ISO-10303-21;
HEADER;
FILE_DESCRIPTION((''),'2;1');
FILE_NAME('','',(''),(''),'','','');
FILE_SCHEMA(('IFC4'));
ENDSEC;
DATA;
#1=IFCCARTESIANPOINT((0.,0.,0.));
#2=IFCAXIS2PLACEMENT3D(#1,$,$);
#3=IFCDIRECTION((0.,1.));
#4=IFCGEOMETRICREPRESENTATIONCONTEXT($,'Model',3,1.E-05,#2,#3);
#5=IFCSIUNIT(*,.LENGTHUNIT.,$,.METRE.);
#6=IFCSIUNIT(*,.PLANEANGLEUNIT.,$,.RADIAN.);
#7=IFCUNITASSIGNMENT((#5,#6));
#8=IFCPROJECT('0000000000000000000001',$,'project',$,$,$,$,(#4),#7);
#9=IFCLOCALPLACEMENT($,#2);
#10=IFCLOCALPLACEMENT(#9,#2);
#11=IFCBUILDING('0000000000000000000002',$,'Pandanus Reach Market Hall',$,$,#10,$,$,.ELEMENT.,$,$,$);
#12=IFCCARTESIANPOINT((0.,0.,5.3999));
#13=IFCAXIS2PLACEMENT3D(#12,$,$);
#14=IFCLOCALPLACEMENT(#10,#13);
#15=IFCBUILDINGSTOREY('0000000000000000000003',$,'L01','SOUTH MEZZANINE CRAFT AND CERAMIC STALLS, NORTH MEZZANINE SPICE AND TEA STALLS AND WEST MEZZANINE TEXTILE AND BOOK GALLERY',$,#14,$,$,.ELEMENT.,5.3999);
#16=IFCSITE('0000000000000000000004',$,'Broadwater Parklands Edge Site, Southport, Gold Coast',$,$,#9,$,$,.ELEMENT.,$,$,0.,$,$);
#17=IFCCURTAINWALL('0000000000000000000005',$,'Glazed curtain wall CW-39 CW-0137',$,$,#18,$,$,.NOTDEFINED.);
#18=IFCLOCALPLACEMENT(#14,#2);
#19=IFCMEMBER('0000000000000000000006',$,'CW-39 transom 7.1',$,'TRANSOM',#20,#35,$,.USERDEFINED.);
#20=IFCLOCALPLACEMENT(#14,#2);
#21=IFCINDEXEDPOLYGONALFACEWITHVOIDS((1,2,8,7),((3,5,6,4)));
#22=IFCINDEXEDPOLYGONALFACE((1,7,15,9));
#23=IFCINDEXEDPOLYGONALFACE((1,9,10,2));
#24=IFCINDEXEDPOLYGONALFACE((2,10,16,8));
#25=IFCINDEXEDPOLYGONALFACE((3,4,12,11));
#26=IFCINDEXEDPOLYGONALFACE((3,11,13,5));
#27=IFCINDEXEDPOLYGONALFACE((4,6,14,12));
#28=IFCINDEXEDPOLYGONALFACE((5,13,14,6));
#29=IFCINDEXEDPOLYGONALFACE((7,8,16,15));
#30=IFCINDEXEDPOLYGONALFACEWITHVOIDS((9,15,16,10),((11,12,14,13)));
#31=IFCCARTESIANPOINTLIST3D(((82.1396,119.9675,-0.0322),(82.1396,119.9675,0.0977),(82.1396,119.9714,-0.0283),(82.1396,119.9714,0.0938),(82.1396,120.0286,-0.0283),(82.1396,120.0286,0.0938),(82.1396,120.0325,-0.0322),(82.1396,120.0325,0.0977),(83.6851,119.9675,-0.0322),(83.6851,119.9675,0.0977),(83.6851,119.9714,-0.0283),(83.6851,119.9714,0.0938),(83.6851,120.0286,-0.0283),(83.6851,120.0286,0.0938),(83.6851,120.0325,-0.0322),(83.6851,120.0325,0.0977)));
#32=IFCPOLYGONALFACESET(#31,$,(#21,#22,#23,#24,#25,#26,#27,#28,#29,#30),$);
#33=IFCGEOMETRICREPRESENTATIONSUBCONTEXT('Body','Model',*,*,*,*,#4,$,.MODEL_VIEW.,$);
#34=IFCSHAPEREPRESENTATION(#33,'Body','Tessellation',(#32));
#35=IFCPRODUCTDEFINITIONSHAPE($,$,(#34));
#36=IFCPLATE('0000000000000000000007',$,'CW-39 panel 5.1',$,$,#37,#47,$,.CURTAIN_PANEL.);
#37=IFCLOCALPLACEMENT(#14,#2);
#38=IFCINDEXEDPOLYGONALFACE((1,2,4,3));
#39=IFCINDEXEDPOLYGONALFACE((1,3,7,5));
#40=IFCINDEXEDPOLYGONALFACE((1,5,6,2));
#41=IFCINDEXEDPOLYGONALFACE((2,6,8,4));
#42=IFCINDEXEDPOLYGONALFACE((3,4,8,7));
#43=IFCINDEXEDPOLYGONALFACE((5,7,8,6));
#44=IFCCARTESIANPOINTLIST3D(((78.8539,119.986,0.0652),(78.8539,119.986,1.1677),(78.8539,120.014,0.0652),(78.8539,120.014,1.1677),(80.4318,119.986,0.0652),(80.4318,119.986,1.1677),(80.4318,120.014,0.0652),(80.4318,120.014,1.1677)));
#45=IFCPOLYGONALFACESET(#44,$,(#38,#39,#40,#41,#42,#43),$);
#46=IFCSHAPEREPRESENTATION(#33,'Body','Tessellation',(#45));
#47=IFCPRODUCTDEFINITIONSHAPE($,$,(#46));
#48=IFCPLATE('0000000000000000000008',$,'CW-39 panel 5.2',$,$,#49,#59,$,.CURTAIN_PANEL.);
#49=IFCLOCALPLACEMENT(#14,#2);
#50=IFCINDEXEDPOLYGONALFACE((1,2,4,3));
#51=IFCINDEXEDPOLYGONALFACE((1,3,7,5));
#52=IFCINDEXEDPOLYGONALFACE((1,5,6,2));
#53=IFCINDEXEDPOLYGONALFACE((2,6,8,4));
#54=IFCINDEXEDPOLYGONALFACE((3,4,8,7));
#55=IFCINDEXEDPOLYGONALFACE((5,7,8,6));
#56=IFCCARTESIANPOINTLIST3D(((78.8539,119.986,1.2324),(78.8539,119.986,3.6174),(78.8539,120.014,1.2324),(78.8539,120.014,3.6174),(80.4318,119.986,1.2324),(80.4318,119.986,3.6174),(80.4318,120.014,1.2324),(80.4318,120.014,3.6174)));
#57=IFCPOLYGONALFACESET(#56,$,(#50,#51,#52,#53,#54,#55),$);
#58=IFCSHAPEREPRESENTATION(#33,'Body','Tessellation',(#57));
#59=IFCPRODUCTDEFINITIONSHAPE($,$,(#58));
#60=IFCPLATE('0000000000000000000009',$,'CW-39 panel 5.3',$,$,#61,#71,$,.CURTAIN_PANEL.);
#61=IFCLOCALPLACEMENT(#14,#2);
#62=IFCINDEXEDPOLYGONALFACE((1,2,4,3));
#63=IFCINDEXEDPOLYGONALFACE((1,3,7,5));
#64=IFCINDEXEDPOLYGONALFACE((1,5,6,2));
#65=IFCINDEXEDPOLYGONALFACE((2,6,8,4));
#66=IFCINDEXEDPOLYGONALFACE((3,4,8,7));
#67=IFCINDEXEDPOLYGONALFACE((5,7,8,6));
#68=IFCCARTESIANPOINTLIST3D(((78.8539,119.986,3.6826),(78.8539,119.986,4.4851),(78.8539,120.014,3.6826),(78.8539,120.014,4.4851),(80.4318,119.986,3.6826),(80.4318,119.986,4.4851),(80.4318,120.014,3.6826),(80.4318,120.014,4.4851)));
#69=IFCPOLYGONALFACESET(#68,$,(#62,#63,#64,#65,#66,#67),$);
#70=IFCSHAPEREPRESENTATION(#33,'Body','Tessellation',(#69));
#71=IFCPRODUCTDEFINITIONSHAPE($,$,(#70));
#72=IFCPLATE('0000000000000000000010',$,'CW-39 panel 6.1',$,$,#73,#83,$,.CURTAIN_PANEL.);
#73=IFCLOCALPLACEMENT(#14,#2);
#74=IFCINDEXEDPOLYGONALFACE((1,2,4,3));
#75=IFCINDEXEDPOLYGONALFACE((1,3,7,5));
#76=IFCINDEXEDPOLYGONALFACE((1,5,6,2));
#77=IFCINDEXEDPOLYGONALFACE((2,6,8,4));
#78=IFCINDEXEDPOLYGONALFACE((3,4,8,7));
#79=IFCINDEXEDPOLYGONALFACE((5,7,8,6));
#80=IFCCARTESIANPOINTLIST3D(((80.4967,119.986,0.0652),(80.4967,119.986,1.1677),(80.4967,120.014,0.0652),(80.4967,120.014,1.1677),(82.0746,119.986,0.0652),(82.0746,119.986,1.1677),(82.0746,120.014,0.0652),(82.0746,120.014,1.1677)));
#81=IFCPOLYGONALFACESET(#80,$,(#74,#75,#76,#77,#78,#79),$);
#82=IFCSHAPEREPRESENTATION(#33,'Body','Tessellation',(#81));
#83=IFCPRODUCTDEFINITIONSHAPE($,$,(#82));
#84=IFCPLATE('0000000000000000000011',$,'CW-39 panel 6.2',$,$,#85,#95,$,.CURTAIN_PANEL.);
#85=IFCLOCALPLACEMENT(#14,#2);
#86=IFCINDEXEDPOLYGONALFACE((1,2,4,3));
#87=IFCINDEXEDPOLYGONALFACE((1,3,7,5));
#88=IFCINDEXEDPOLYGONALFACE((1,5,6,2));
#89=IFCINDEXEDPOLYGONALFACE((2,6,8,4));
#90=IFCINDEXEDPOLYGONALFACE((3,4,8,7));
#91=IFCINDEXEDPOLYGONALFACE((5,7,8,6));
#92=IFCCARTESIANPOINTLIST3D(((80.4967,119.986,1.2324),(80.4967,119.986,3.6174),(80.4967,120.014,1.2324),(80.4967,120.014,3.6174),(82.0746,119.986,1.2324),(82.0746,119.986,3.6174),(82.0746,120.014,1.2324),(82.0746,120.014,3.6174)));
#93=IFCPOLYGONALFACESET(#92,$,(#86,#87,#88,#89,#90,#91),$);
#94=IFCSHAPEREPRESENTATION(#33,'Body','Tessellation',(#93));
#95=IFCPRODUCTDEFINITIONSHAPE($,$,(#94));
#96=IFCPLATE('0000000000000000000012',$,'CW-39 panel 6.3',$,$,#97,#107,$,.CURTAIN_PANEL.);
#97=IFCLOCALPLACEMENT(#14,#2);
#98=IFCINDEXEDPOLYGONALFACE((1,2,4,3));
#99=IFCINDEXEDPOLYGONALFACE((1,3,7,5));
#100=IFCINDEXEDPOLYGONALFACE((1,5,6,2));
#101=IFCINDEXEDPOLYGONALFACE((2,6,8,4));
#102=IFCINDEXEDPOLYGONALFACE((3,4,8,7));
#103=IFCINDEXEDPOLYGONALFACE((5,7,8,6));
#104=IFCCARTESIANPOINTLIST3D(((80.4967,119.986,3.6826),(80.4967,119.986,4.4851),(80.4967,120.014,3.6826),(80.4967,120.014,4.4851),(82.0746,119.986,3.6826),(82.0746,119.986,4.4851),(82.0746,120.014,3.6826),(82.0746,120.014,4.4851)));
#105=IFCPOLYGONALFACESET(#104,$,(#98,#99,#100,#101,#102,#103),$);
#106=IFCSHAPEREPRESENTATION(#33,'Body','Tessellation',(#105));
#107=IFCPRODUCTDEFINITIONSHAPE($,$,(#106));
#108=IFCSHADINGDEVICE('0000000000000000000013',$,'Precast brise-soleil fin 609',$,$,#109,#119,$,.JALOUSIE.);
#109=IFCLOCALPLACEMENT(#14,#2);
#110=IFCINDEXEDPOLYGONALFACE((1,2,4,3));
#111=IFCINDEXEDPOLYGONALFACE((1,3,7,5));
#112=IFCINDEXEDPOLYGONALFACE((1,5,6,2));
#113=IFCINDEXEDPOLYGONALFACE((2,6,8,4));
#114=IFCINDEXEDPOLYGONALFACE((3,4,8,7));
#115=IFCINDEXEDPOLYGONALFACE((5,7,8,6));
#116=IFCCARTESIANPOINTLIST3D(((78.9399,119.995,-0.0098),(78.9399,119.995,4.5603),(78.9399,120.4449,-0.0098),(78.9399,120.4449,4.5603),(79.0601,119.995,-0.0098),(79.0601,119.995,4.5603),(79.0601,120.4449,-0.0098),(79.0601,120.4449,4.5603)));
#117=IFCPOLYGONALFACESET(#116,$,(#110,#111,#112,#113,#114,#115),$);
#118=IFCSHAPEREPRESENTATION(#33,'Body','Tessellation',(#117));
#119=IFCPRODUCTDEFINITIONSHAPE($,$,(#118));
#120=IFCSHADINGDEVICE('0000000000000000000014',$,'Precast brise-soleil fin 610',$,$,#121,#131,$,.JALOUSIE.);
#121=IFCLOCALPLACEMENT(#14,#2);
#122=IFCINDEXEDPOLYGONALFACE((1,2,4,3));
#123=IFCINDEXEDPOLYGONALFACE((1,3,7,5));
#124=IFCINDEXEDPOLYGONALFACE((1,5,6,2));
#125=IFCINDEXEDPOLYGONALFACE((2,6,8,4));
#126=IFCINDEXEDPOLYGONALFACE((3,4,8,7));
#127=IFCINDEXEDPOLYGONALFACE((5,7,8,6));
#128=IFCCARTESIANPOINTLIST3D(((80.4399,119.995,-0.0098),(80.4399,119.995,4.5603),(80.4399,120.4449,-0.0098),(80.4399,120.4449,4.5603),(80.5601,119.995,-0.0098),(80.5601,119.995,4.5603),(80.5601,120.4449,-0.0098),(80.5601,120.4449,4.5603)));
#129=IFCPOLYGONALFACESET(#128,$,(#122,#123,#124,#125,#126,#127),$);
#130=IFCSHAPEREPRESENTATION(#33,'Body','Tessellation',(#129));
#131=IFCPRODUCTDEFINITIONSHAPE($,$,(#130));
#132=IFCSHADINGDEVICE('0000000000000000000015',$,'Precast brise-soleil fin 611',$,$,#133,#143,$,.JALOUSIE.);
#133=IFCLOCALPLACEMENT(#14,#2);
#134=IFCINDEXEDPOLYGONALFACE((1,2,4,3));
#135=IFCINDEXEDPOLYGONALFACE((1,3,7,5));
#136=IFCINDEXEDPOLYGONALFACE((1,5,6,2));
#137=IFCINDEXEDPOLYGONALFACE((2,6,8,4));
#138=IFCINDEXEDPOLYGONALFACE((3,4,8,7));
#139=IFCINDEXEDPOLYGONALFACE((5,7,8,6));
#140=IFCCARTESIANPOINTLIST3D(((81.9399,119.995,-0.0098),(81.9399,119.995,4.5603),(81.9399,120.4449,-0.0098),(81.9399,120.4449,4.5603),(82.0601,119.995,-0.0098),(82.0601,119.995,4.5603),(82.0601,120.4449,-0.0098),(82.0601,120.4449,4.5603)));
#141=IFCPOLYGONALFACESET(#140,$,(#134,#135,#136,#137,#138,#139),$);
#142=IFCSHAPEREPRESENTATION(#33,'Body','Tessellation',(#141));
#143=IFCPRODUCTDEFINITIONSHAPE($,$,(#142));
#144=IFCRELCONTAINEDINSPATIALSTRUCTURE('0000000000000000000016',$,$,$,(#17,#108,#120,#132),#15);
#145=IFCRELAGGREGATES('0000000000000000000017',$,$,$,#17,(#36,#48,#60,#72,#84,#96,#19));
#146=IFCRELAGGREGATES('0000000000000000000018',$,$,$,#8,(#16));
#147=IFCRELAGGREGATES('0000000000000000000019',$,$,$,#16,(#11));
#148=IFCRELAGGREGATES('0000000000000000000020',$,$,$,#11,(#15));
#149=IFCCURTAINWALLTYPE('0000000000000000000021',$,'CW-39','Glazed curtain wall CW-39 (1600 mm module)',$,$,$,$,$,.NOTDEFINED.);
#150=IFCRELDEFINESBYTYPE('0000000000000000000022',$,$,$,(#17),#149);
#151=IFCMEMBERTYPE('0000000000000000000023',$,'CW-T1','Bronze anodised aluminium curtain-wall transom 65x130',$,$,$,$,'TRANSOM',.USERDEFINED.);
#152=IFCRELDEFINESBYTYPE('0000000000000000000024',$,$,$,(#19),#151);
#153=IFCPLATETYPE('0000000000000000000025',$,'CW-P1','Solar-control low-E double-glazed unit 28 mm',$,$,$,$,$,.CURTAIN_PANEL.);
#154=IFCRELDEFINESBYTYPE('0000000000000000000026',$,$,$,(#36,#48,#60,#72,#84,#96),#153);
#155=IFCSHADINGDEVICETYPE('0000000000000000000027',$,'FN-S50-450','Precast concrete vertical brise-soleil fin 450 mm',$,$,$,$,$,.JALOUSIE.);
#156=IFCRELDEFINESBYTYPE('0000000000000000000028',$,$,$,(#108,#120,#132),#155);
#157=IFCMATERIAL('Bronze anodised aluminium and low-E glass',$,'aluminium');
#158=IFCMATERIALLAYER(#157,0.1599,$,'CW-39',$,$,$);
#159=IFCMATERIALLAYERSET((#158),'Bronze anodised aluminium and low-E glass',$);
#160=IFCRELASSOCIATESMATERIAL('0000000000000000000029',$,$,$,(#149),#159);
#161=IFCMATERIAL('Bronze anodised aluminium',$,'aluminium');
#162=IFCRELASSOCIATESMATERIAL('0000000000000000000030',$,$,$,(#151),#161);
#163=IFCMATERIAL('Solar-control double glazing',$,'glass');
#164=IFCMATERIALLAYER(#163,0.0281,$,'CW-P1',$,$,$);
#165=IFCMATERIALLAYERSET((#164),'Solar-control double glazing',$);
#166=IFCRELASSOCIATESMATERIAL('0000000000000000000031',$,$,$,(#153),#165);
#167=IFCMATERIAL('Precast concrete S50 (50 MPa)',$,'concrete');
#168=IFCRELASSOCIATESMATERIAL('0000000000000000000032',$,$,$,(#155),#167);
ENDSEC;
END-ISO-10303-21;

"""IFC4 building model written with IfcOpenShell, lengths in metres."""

from ifc_helpers import new_model, si_unit, direction, frame, origin, origin_2d, place, context, subcontext, project, spatial, rectangle, hollow_rectangle, extrude, material, layer, layer_set, material_profile, profile_set, type_object, element, aggregate, save


model = new_model("IFC4")

# Units and contexts
model_context = context("Model", 3, precision=1e-05, world=origin(), true_north=direction((0.0, 1.0)))
body_context = subcontext(model_context, "Body", "Model", "MODEL_VIEW")
ifc_project = project(units=[si_unit("LENGTHUNIT", "METRE"), si_unit("PLANEANGLEUNIT", "RADIAN")], contexts=[model_context])

# Site, building, storey
site_placement = place(None, origin())
site = spatial("IfcSite", under=ifc_project, at=site_placement, Name="Broadwater Parklands Edge Site, Southport, Gold Coast", CompositionType="ELEMENT", RefElevation=0.0)
building_placement = place(site_placement, origin())
building = spatial("IfcBuilding", under=site, at=building_placement, Name="Pandanus Reach Market Hall", CompositionType="ELEMENT")
storey_placement = place(building_placement, frame((0.0, 0.0, 5.3999)))
storey = spatial("IfcBuildingStorey", under=building, at=storey_placement, Name="L01", Description="SOUTH MEZZANINE CRAFT AND CERAMIC STALLS, NORTH MEZZANINE SPICE AND TEA STALLS AND WEST MEZZANINE TEXTILE AND BOOK GALLERY", CompositionType="ELEMENT", Elevation=5.3999)

# Curtain wall, member, plates
ifc_material_1 = material(Name="Bronze anodised aluminium and low-E glass", Category="aluminium")
ifc_layer_1 = layer(ifc_material_1, 0.1599, Name="CW-39")
ifc_layer_set_1 = layer_set([ifc_layer_1], Name="Bronze anodised aluminium and low-E glass")
curtain_wall_type = type_object("IfcCurtainWallType", Name="CW-39", Description="Glazed curtain wall CW-39 (1600 mm module)", PredefinedType="NOTDEFINED", material=ifc_layer_set_1)
curtain_wall_placement = place(storey_placement, origin())
curtain_wall = element("IfcCurtainWall", 1, at=curtain_wall_placement, inside=storey, type_object=curtain_wall_type, Name="Glazed curtain wall CW-39 CW-0137", PredefinedType="NOTDEFINED")
ifc_material_2 = material(Name="Bronze anodised aluminium", Category="aluminium")
ifc_material_profile_1 = material_profile(ifc_material_2, hollow_rectangle(XDim=0.0649, YDim=0.1299, WallThickness=0.0039, at=origin_2d()), Name="ALU65x130", Category="LoadBearing")
ifc_profile_set_1 = profile_set([ifc_material_profile_1], Name="Bronze anodised aluminium")
member_type_1 = type_object("IfcMemberType", Name="CW-T1", Description="Bronze anodised aluminium curtain-wall transom 65x130", ElementType="TRANSOM", PredefinedType="USERDEFINED", material=ifc_profile_set_1)
member_1_placement = place(storey_placement, frame((82.1396, 120.0, 0.0327), z_axis=(1.0, 0.0, 0.0), x_axis=(0.0, 1.0, 0.0)))
member_1 = element("IfcMember", 2, at=member_1_placement, type_object=member_type_1, Name="CW-39 transom 7.1", ObjectType="TRANSOM", PredefinedType="USERDEFINED", context=body_context, shape_type="SweptSolid", body=[
    extrude(hollow_rectangle(XDim=0.0649, YDim=0.1299, WallThickness=0.0039, at=origin_2d()), origin(), (0.0, 0.0, 1.0), 1.5454),
])
ifc_material_3 = material(Name="Solar-control double glazing", Category="glass")
ifc_layer_2 = layer(ifc_material_3, 0.0281, Name="CW-P1")
ifc_layer_set_2 = layer_set([ifc_layer_2], Name="Solar-control double glazing")
plate_type = type_object("IfcPlateType", Name="CW-P1", Description="Solar-control low-E double-glazed unit 28 mm", PredefinedType="CURTAIN_PANEL", material=ifc_layer_set_2)
plate_1_placement = place(storey_placement, frame((79.6428, 120.0, 0.0652), z_axis=(0.0, 0.0, 1.0), x_axis=(1.0, 0.0, 0.0)))
plate_1 = element("IfcPlate", 3, at=plate_1_placement, type_object=plate_type, Name="CW-39 panel 5.1", PredefinedType="CURTAIN_PANEL", context=body_context, shape_type="SweptSolid", body=[
    extrude(rectangle(XDim=1.5779, YDim=0.0281, at=origin_2d()), origin(), (0.0, 0.0, 1.0), 1.1025),
])
plate_2_placement = place(storey_placement, frame((79.6428, 120.0, 1.2324), z_axis=(0.0, 0.0, 1.0), x_axis=(1.0, 0.0, 0.0)))
plate_2 = element("IfcPlate", 4, at=plate_2_placement, type_object=plate_type, Name="CW-39 panel 5.2", PredefinedType="CURTAIN_PANEL", context=body_context, shape_type="SweptSolid", body=[
    extrude(rectangle(XDim=1.5779, YDim=0.0281, at=origin_2d()), origin(), (0.0, 0.0, 1.0), 2.385),
])
plate_3_placement = place(storey_placement, frame((79.6428, 120.0, 3.6826), z_axis=(0.0, 0.0, 1.0), x_axis=(1.0, 0.0, 0.0)))
plate_3 = element("IfcPlate", 5, at=plate_3_placement, type_object=plate_type, Name="CW-39 panel 5.3", PredefinedType="CURTAIN_PANEL", context=body_context, shape_type="SweptSolid", body=[
    extrude(rectangle(XDim=1.5779, YDim=0.0281, at=origin_2d()), origin(), (0.0, 0.0, 1.0), 0.8025),
])
plate_4_placement = place(storey_placement, frame((81.2856, 120.0, 0.0652), z_axis=(0.0, 0.0, 1.0), x_axis=(1.0, 0.0, 0.0)))
plate_4 = element("IfcPlate", 6, at=plate_4_placement, type_object=plate_type, Name="CW-39 panel 6.1", PredefinedType="CURTAIN_PANEL", context=body_context, shape_type="SweptSolid", body=[
    extrude(rectangle(XDim=1.5779, YDim=0.0281, at=origin_2d()), origin(), (0.0, 0.0, 1.0), 1.1025),
])
plate_5_placement = place(storey_placement, frame((81.2856, 120.0, 1.2324), z_axis=(0.0, 0.0, 1.0), x_axis=(1.0, 0.0, 0.0)))
plate_5 = element("IfcPlate", 7, at=plate_5_placement, type_object=plate_type, Name="CW-39 panel 6.2", PredefinedType="CURTAIN_PANEL", context=body_context, shape_type="SweptSolid", body=[
    extrude(rectangle(XDim=1.5779, YDim=0.0281, at=origin_2d()), origin(), (0.0, 0.0, 1.0), 2.385),
])
plate_6_placement = place(storey_placement, frame((81.2856, 120.0, 3.6826), z_axis=(0.0, 0.0, 1.0), x_axis=(1.0, 0.0, 0.0)))
plate_6 = element("IfcPlate", 8, at=plate_6_placement, type_object=plate_type, Name="CW-39 panel 6.3", PredefinedType="CURTAIN_PANEL", context=body_context, shape_type="SweptSolid", body=[
    extrude(rectangle(XDim=1.5779, YDim=0.0281, at=origin_2d()), origin(), (0.0, 0.0, 1.0), 0.8025),
])
aggregate(curtain_wall, [plate_1, plate_2, plate_3, plate_4, plate_5, plate_6, member_1])

# Shading devices
ifc_material_4 = material(Name="Precast concrete S50 (50 MPa)", Category="concrete")
shading_device_type = type_object("IfcShadingDeviceType", Name="FN-S50-450", Description="Precast concrete vertical brise-soleil fin 450 mm", PredefinedType="JALOUSIE", material=ifc_material_4)
for number, where, z_axis, x_axis, name in (
    (9, (79.0, 120.22, -0.0098), (0.0, 0.0, 1.0), (0.0, 1.0, 0.0), "Precast brise-soleil fin 609"),
    (10, (80.5, 120.22, -0.0098), (0.0, 0.0, 1.0), (0.0, 1.0, 0.0), "Precast brise-soleil fin 610"),
    (11, (82.0, 120.22, -0.0098), (0.0, 0.0, 1.0), (0.0, 1.0, 0.0), "Precast brise-soleil fin 611"),
):
    element("IfcShadingDevice", number, at=place(storey_placement, frame(where, z_axis=z_axis, x_axis=x_axis)), inside=storey, type_object=shading_device_type, Name=name, PredefinedType="JALOUSIE", context=body_context, shape_type="SweptSolid", body=[
        extrude(rectangle(XDim=0.45, YDim=0.1201, at=origin_2d()), origin(), (0.0, 0.0, 1.0), 4.5701),
    ])

save(model, "model.ifc")
